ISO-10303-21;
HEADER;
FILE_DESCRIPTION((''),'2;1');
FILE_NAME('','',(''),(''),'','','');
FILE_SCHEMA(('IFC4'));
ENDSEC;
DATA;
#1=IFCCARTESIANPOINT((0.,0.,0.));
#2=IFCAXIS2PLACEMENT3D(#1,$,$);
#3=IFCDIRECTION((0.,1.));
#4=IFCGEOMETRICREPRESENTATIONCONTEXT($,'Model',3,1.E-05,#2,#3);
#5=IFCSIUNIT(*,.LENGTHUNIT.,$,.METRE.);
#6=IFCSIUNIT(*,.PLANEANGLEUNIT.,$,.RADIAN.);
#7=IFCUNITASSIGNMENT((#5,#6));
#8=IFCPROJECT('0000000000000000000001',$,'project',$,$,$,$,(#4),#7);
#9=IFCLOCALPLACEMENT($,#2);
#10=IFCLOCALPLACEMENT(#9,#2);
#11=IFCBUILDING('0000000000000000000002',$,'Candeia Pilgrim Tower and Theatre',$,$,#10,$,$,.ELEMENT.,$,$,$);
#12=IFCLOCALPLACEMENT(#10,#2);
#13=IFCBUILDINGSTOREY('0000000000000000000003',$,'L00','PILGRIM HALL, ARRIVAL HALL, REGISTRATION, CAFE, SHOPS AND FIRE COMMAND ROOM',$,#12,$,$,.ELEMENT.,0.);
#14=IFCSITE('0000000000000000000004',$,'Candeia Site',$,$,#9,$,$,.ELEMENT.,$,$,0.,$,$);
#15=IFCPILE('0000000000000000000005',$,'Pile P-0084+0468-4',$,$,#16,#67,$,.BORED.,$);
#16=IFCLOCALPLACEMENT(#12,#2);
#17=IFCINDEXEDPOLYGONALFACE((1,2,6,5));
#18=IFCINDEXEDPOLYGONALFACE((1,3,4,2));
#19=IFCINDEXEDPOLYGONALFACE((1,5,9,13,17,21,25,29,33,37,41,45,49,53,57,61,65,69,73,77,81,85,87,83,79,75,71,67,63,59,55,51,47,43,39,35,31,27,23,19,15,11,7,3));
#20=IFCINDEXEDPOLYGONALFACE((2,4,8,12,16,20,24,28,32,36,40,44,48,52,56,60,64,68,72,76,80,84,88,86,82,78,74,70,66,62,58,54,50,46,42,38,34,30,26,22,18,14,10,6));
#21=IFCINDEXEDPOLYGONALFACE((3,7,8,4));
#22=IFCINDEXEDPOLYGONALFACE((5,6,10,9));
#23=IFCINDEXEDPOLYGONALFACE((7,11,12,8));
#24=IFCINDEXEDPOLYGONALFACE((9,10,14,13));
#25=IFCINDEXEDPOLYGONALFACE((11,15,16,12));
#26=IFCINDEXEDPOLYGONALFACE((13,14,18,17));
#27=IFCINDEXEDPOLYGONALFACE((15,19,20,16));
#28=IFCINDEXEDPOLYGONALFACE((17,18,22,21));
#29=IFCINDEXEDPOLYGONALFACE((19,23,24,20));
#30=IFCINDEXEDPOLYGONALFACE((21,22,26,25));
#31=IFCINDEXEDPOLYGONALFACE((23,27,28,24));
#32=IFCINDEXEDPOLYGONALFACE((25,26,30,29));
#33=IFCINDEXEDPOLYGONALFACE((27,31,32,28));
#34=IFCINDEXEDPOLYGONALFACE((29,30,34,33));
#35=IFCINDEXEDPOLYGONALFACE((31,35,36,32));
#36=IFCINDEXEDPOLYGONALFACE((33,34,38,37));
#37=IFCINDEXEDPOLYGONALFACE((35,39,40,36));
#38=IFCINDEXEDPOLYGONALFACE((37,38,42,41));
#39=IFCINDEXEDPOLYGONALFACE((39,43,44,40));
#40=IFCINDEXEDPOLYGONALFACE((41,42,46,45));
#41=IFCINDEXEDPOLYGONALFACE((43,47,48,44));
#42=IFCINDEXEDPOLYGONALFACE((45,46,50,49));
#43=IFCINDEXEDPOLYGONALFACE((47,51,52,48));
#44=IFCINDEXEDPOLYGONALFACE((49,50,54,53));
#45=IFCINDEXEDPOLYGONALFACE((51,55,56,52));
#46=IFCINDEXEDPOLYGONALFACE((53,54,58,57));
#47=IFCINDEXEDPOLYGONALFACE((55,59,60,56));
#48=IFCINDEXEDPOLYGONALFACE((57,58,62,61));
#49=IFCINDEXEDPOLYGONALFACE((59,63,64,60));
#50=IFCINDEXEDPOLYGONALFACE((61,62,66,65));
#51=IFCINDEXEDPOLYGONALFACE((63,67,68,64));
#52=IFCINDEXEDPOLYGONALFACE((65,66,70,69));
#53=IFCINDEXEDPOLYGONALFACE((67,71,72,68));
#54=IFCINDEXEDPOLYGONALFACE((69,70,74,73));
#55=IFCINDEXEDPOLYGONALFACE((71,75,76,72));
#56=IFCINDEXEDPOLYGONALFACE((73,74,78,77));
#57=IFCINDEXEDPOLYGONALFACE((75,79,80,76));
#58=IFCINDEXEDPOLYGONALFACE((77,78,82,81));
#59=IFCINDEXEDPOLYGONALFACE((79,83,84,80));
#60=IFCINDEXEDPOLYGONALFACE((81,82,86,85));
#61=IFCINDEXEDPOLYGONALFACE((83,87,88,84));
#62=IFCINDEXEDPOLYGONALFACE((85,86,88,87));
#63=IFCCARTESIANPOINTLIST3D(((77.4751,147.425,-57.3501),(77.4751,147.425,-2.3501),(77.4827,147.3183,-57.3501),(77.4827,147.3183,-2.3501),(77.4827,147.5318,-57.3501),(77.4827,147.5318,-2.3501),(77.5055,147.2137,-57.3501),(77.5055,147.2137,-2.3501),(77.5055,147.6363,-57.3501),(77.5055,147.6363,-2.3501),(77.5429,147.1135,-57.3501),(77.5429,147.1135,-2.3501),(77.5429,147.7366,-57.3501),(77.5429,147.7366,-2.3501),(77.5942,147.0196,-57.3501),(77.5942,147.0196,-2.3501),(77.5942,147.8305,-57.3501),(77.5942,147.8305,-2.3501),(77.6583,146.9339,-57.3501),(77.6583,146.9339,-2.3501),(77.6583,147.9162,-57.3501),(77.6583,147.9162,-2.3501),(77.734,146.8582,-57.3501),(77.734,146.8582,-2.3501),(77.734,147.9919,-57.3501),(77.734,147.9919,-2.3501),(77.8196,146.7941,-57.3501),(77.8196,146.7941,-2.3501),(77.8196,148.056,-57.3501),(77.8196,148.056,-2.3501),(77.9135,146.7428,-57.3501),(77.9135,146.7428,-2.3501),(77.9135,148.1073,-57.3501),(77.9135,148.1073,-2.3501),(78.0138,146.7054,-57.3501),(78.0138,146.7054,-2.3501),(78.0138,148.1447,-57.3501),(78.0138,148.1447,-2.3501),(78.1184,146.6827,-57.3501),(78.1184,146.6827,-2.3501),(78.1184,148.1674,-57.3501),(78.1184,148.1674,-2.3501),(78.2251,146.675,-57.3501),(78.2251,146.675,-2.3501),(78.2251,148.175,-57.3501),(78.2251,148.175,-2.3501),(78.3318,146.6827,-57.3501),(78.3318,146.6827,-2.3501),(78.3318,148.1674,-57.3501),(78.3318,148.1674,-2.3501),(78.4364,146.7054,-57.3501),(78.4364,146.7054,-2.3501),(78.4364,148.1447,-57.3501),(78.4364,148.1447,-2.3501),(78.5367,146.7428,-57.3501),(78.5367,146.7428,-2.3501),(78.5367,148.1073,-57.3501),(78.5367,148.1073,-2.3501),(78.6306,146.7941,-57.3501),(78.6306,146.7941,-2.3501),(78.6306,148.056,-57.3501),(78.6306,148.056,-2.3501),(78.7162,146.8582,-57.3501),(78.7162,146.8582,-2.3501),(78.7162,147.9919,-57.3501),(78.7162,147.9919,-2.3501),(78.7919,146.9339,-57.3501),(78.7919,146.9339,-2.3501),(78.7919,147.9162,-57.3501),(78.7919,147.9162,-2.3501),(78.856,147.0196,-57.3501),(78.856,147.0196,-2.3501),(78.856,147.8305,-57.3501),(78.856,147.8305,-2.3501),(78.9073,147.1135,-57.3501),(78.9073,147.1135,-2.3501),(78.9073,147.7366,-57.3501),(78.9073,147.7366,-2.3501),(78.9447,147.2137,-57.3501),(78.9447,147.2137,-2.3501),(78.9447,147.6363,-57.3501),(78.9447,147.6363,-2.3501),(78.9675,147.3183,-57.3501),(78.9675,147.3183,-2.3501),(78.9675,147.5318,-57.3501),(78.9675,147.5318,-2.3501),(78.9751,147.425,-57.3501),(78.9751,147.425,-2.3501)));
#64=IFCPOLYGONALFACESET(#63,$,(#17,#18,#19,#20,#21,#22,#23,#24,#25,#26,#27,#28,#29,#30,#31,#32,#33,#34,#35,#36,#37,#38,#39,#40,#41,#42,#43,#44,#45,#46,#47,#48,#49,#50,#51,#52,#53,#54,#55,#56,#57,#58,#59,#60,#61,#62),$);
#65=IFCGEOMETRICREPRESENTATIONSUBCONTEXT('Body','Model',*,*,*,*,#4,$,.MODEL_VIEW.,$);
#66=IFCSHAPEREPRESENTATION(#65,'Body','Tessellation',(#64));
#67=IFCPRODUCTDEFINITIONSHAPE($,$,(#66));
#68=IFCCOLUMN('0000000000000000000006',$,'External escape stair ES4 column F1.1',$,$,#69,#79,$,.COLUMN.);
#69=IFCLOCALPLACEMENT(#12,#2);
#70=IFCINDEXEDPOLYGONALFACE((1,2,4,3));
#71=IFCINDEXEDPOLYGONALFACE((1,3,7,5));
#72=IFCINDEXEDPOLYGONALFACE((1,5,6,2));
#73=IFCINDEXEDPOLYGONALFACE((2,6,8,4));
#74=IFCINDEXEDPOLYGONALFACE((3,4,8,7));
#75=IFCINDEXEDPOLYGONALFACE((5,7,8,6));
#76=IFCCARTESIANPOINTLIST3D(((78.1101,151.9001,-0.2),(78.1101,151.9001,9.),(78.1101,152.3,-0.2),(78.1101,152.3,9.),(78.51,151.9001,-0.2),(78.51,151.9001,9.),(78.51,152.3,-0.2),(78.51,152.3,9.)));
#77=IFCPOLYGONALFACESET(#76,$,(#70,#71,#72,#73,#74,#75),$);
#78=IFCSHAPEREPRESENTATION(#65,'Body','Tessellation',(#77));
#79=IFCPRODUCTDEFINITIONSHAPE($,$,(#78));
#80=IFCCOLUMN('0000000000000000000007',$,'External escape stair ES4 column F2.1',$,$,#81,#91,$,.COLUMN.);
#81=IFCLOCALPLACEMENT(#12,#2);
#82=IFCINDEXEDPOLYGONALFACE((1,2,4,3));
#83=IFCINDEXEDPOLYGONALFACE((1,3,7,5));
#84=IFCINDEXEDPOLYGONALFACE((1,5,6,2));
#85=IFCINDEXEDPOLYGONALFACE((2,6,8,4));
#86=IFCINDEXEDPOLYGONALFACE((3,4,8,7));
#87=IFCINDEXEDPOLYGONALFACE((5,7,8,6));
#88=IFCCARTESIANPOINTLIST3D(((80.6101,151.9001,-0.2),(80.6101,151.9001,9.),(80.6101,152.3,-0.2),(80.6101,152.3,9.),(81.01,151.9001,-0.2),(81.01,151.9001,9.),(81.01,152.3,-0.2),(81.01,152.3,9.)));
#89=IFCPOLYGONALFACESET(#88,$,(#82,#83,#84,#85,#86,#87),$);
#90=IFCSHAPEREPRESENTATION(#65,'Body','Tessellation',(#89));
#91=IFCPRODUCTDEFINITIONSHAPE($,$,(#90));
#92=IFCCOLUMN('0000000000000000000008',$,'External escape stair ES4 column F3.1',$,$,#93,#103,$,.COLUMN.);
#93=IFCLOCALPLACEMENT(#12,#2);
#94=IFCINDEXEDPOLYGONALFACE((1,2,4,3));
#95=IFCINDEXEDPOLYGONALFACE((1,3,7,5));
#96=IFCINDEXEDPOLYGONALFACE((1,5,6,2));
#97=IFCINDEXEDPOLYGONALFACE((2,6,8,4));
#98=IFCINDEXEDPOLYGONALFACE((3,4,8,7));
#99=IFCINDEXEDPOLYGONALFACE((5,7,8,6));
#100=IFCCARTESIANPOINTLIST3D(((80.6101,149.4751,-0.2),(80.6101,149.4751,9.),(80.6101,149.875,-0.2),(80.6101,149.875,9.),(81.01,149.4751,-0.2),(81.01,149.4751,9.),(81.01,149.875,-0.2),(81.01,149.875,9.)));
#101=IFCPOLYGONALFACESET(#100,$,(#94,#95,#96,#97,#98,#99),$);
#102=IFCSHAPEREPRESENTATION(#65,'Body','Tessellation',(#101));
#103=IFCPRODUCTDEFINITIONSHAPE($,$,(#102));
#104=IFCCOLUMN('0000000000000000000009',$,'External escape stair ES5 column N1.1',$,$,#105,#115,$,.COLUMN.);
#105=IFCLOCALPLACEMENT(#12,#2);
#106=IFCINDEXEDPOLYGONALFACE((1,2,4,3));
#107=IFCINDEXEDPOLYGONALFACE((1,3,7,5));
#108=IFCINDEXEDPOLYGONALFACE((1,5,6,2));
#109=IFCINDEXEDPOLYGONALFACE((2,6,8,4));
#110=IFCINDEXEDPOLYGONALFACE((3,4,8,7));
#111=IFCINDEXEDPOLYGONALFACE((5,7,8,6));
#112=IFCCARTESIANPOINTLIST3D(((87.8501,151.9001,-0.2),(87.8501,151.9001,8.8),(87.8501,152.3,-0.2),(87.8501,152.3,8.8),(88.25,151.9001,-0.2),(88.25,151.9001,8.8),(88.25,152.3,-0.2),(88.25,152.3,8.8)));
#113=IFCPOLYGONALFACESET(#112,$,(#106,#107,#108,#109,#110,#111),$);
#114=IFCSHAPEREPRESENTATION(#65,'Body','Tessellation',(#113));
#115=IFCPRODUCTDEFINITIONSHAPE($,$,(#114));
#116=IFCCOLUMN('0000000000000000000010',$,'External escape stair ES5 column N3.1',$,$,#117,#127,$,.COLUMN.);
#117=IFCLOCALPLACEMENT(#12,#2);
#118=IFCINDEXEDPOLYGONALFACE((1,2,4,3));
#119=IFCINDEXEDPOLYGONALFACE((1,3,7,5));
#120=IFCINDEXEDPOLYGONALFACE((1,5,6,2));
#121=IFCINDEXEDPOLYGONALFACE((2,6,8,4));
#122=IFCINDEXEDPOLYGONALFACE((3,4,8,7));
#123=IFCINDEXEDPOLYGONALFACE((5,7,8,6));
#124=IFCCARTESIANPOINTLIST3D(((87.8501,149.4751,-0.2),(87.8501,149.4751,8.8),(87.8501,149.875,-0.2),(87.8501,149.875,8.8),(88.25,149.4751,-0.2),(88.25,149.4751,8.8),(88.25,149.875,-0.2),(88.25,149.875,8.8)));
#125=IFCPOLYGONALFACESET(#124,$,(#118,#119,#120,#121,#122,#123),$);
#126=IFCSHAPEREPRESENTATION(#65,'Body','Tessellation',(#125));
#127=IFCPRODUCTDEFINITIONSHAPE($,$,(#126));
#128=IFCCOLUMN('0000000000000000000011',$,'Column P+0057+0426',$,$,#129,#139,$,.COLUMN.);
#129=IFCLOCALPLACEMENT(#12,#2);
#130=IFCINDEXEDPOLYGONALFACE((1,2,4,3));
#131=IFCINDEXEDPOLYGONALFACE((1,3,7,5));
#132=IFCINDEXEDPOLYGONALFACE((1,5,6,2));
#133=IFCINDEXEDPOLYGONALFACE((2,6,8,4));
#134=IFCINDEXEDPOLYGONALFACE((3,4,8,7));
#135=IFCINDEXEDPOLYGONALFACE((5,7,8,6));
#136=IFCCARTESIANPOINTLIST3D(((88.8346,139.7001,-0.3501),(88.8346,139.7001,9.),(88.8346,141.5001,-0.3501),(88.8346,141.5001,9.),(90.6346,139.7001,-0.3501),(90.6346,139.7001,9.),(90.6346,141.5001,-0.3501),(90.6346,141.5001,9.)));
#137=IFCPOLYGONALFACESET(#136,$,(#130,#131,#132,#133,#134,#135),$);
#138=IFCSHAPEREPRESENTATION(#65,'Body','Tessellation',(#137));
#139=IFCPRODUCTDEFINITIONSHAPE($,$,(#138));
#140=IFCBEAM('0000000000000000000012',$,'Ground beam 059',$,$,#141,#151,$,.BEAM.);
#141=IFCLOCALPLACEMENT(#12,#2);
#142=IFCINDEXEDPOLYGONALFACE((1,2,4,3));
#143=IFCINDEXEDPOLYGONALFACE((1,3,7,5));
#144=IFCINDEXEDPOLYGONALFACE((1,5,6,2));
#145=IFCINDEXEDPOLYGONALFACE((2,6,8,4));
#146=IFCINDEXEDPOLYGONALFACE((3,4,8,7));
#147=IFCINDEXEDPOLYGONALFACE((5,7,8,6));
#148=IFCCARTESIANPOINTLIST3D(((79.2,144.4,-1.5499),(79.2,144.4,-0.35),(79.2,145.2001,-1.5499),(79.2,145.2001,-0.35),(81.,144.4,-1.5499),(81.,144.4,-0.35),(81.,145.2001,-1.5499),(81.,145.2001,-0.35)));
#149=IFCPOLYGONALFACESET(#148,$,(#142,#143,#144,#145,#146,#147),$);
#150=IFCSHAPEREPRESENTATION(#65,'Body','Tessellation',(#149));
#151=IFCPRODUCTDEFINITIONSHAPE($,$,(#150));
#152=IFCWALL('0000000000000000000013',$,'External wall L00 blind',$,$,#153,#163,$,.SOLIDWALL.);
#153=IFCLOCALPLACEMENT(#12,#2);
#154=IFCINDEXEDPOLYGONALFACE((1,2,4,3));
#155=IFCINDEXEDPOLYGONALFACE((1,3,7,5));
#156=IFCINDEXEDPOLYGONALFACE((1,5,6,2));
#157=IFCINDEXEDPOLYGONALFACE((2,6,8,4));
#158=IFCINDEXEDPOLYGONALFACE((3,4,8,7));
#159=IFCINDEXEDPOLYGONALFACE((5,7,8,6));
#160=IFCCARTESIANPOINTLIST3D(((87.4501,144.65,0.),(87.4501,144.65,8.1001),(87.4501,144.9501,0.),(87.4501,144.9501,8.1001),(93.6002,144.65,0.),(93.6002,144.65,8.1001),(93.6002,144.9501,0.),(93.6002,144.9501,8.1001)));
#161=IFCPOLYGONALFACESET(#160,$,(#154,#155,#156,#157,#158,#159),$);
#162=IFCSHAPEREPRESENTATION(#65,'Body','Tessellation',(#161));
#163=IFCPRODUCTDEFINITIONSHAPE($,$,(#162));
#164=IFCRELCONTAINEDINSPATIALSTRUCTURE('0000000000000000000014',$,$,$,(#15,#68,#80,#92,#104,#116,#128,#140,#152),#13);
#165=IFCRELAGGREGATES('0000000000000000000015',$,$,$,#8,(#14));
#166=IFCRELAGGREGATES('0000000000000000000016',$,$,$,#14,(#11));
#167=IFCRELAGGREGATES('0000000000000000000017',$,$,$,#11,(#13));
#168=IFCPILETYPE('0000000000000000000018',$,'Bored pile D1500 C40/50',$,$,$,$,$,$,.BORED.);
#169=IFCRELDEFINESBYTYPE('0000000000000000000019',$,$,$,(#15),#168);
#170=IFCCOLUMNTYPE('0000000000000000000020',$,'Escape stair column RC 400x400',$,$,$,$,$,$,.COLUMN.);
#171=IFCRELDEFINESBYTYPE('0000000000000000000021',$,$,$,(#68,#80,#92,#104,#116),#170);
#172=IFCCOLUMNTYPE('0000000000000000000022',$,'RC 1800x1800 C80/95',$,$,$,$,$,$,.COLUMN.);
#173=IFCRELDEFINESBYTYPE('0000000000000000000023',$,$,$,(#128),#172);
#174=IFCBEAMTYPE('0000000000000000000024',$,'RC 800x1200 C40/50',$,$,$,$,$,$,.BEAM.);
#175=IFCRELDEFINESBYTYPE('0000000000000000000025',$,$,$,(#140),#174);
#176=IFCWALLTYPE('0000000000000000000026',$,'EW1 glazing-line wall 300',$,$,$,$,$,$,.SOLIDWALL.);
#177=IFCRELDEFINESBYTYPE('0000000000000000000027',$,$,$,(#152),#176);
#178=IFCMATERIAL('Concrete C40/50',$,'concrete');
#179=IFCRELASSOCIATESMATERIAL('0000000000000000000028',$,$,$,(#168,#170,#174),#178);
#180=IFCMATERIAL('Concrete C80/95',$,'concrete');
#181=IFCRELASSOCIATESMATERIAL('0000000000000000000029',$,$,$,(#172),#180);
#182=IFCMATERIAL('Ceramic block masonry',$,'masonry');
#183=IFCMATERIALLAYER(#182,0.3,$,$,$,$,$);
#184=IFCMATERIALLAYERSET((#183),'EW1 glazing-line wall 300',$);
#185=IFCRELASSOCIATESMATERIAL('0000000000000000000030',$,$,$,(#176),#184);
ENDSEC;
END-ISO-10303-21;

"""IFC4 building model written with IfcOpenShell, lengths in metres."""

from ifc_helpers import new_model, si_unit, direction, frame, frame_2d, origin, origin_2d, place, context, subcontext, project, spatial, rectangle, circle, extrude, material, layer, layer_set, material_profile, profile_set, type_object, element, save


model = new_model("IFC4")

# Units and contexts
model_context = context("Model", 3, precision=1e-05, world=origin(), true_north=direction((0.0, 1.0)))
body_context = subcontext(model_context, "Body", "Model", "MODEL_VIEW")
ifc_project = project(units=[si_unit("LENGTHUNIT", "METRE"), si_unit("PLANEANGLEUNIT", "RADIAN")], contexts=[model_context])

# Site, building, storey
site_placement = place(None, origin())
site = spatial("IfcSite", under=ifc_project, at=site_placement, Name="Candeia Site", CompositionType="ELEMENT", RefElevation=0.0)
building_placement = place(site_placement, origin())
building = spatial("IfcBuilding", under=site, at=building_placement, Name="Candeia Pilgrim Tower and Theatre", CompositionType="ELEMENT")
storey_placement = place(building_placement, origin())
storey = spatial("IfcBuildingStorey", under=building, at=storey_placement, Name="L00", Description="PILGRIM HALL, ARRIVAL HALL, REGISTRATION, CAFE, SHOPS AND FIRE COMMAND ROOM", CompositionType="ELEMENT", Elevation=0.0)

# Pile
ifc_material_1 = material(Name="Concrete C40/50", Category="concrete")
ifc_material_profile_1 = material_profile(ifc_material_1, circle(Radius=0.75, at=origin_2d()))
ifc_profile_set_1 = profile_set([ifc_material_profile_1], Name="Concrete C40/50")
pile_type = type_object("IfcPileType", Name="Bored pile D1500 C40/50", PredefinedType="BORED", material=ifc_profile_set_1)
for number, where, z_axis, x_axis, name in (
    (1, (78.2251, 147.425, -2.3501), (0.0, 0.0, -1.0), (1.0, 0.0, 0.0), "Pile P-0084+0468-4"),
):
    element("IfcPile", number, at=place(storey_placement, frame(where, z_axis=z_axis, x_axis=x_axis)), inside=storey, type_object=pile_type, Name=name, PredefinedType="BORED", context=body_context, shape_type="SweptSolid", body=[
        extrude(circle(Radius=0.75, at=origin_2d()), origin(), (0.0, 0.0, 1.0), 55.0),
    ])

# Columns
ifc_material_profile_2 = material_profile(ifc_material_1, rectangle(XDim=0.3999, YDim=0.3999, at=origin_2d()))
ifc_profile_set_2 = profile_set([ifc_material_profile_2], Name="Concrete C40/50")
column_type_1 = type_object("IfcColumnType", Name="Escape stair column RC 400x400", PredefinedType="COLUMN", material=ifc_profile_set_2)
for number, where, z_axis, x_axis, name in (
    (2, (78.3101, 152.1001, -0.2), (0.0, 0.0, 1.0), (1.0, 0.0, 0.0), "External escape stair ES4 column F1.1"),
    (3, (80.8101, 152.1001, -0.2), (0.0, 0.0, 1.0), (1.0, 0.0, 0.0), "External escape stair ES4 column F2.1"),
    (4, (80.8101, 149.675, -0.2), (0.0, 0.0, 1.0), (1.0, 0.0, 0.0), "External escape stair ES4 column F3.1"),
):
    element("IfcColumn", number, at=place(storey_placement, frame(where, z_axis=z_axis, x_axis=x_axis)), inside=storey, type_object=column_type_1, Name=name, PredefinedType="COLUMN", context=body_context, shape_type="SweptSolid", body=[
        extrude(rectangle(XDim=0.3999, YDim=0.3999, at=origin_2d()), origin(), (0.0, 0.0, 1.0), 9.2),
    ])
for number, where, z_axis, x_axis, name in (
    (5, (88.05, 152.1001, -0.2), (0.0, 0.0, 1.0), (1.0, 0.0, 0.0), "External escape stair ES5 column N1.1"),
    (6, (88.05, 149.675, -0.2), (0.0, 0.0, 1.0), (1.0, 0.0, 0.0), "External escape stair ES5 column N3.1"),
):
    element("IfcColumn", number, at=place(storey_placement, frame(where, z_axis=z_axis, x_axis=x_axis)), inside=storey, type_object=column_type_1, Name=name, PredefinedType="COLUMN", context=body_context, shape_type="SweptSolid", body=[
        extrude(rectangle(XDim=0.3999, YDim=0.3999, at=origin_2d()), origin(), (0.0, 0.0, 1.0), 9.0),
    ])
ifc_material_2 = material(Name="Concrete C80/95", Category="concrete")
ifc_material_profile_3 = material_profile(ifc_material_2, rectangle(XDim=1.8, YDim=1.8, at=origin_2d()))
ifc_profile_set_3 = profile_set([ifc_material_profile_3], Name="Concrete C80/95")
column_type_2 = type_object("IfcColumnType", Name="RC 1800x1800 C80/95", PredefinedType="COLUMN", material=ifc_profile_set_3)
column_placement = place(storey_placement, frame((89.7346, 140.6001, -0.3501), z_axis=(0.0, 0.0, 1.0), x_axis=(1.0, 0.0, 0.0)))
element("IfcColumn", 7, at=column_placement, inside=storey, type_object=column_type_2, Name="Column P+0057+0426", PredefinedType="COLUMN", context=body_context, shape_type="SweptSolid", body=[
    extrude(rectangle(XDim=1.8, YDim=1.8, at=origin_2d()), origin(), (0.0, 0.0, 1.0), 9.3501),
])

# Beam
ifc_material_profile_4 = material_profile(ifc_material_1, rectangle(XDim=0.8, YDim=1.2, at=origin_2d()))
ifc_profile_set_4 = profile_set([ifc_material_profile_4], Name="Concrete C40/50")
beam_type = type_object("IfcBeamType", Name="RC 800x1200 C40/50", PredefinedType="BEAM", material=ifc_profile_set_4)
beam_placement = place(storey_placement, frame((79.2, 144.8, -0.95), z_axis=(1.0, 0.0, 0.0), x_axis=(0.0, 1.0, 0.0)))
element("IfcBeam", 8, at=beam_placement, inside=storey, type_object=beam_type, Name="Ground beam 059", PredefinedType="BEAM", context=body_context, shape_type="SweptSolid", body=[
    extrude(rectangle(XDim=0.8, YDim=1.2, at=origin_2d()), origin(), (0.0, 0.0, 1.0), 1.8),
])

# Wall
ifc_material_3 = material(Name="Ceramic block masonry", Category="masonry")
ifc_layer_1 = layer(ifc_material_3, 0.3)
ifc_layer_set_1 = layer_set([ifc_layer_1], Name="EW1 glazing-line wall 300")
wall_type_1 = type_object("IfcWallType", Name="EW1 glazing-line wall 300", PredefinedType="SOLIDWALL", material=ifc_layer_set_1)
wall_1_placement = place(storey_placement, frame((87.45, 144.8, 0.0), z_axis=(0.0, 0.0, 1.0), x_axis=(1.0, 0.0, 0.0)))
element("IfcWall", 9, at=wall_1_placement, inside=storey, type_object=wall_type_1, Name="External wall L00 blind", PredefinedType="SOLIDWALL", context=body_context, shape_type="SweptSolid", body=[
    extrude(rectangle(XDim=6.1501, YDim=0.3, at=frame_2d((3.0752, 0.0))), origin(), (0.0, 0.0, 1.0), 8.1001),
])

save(model, "model.ifc")
